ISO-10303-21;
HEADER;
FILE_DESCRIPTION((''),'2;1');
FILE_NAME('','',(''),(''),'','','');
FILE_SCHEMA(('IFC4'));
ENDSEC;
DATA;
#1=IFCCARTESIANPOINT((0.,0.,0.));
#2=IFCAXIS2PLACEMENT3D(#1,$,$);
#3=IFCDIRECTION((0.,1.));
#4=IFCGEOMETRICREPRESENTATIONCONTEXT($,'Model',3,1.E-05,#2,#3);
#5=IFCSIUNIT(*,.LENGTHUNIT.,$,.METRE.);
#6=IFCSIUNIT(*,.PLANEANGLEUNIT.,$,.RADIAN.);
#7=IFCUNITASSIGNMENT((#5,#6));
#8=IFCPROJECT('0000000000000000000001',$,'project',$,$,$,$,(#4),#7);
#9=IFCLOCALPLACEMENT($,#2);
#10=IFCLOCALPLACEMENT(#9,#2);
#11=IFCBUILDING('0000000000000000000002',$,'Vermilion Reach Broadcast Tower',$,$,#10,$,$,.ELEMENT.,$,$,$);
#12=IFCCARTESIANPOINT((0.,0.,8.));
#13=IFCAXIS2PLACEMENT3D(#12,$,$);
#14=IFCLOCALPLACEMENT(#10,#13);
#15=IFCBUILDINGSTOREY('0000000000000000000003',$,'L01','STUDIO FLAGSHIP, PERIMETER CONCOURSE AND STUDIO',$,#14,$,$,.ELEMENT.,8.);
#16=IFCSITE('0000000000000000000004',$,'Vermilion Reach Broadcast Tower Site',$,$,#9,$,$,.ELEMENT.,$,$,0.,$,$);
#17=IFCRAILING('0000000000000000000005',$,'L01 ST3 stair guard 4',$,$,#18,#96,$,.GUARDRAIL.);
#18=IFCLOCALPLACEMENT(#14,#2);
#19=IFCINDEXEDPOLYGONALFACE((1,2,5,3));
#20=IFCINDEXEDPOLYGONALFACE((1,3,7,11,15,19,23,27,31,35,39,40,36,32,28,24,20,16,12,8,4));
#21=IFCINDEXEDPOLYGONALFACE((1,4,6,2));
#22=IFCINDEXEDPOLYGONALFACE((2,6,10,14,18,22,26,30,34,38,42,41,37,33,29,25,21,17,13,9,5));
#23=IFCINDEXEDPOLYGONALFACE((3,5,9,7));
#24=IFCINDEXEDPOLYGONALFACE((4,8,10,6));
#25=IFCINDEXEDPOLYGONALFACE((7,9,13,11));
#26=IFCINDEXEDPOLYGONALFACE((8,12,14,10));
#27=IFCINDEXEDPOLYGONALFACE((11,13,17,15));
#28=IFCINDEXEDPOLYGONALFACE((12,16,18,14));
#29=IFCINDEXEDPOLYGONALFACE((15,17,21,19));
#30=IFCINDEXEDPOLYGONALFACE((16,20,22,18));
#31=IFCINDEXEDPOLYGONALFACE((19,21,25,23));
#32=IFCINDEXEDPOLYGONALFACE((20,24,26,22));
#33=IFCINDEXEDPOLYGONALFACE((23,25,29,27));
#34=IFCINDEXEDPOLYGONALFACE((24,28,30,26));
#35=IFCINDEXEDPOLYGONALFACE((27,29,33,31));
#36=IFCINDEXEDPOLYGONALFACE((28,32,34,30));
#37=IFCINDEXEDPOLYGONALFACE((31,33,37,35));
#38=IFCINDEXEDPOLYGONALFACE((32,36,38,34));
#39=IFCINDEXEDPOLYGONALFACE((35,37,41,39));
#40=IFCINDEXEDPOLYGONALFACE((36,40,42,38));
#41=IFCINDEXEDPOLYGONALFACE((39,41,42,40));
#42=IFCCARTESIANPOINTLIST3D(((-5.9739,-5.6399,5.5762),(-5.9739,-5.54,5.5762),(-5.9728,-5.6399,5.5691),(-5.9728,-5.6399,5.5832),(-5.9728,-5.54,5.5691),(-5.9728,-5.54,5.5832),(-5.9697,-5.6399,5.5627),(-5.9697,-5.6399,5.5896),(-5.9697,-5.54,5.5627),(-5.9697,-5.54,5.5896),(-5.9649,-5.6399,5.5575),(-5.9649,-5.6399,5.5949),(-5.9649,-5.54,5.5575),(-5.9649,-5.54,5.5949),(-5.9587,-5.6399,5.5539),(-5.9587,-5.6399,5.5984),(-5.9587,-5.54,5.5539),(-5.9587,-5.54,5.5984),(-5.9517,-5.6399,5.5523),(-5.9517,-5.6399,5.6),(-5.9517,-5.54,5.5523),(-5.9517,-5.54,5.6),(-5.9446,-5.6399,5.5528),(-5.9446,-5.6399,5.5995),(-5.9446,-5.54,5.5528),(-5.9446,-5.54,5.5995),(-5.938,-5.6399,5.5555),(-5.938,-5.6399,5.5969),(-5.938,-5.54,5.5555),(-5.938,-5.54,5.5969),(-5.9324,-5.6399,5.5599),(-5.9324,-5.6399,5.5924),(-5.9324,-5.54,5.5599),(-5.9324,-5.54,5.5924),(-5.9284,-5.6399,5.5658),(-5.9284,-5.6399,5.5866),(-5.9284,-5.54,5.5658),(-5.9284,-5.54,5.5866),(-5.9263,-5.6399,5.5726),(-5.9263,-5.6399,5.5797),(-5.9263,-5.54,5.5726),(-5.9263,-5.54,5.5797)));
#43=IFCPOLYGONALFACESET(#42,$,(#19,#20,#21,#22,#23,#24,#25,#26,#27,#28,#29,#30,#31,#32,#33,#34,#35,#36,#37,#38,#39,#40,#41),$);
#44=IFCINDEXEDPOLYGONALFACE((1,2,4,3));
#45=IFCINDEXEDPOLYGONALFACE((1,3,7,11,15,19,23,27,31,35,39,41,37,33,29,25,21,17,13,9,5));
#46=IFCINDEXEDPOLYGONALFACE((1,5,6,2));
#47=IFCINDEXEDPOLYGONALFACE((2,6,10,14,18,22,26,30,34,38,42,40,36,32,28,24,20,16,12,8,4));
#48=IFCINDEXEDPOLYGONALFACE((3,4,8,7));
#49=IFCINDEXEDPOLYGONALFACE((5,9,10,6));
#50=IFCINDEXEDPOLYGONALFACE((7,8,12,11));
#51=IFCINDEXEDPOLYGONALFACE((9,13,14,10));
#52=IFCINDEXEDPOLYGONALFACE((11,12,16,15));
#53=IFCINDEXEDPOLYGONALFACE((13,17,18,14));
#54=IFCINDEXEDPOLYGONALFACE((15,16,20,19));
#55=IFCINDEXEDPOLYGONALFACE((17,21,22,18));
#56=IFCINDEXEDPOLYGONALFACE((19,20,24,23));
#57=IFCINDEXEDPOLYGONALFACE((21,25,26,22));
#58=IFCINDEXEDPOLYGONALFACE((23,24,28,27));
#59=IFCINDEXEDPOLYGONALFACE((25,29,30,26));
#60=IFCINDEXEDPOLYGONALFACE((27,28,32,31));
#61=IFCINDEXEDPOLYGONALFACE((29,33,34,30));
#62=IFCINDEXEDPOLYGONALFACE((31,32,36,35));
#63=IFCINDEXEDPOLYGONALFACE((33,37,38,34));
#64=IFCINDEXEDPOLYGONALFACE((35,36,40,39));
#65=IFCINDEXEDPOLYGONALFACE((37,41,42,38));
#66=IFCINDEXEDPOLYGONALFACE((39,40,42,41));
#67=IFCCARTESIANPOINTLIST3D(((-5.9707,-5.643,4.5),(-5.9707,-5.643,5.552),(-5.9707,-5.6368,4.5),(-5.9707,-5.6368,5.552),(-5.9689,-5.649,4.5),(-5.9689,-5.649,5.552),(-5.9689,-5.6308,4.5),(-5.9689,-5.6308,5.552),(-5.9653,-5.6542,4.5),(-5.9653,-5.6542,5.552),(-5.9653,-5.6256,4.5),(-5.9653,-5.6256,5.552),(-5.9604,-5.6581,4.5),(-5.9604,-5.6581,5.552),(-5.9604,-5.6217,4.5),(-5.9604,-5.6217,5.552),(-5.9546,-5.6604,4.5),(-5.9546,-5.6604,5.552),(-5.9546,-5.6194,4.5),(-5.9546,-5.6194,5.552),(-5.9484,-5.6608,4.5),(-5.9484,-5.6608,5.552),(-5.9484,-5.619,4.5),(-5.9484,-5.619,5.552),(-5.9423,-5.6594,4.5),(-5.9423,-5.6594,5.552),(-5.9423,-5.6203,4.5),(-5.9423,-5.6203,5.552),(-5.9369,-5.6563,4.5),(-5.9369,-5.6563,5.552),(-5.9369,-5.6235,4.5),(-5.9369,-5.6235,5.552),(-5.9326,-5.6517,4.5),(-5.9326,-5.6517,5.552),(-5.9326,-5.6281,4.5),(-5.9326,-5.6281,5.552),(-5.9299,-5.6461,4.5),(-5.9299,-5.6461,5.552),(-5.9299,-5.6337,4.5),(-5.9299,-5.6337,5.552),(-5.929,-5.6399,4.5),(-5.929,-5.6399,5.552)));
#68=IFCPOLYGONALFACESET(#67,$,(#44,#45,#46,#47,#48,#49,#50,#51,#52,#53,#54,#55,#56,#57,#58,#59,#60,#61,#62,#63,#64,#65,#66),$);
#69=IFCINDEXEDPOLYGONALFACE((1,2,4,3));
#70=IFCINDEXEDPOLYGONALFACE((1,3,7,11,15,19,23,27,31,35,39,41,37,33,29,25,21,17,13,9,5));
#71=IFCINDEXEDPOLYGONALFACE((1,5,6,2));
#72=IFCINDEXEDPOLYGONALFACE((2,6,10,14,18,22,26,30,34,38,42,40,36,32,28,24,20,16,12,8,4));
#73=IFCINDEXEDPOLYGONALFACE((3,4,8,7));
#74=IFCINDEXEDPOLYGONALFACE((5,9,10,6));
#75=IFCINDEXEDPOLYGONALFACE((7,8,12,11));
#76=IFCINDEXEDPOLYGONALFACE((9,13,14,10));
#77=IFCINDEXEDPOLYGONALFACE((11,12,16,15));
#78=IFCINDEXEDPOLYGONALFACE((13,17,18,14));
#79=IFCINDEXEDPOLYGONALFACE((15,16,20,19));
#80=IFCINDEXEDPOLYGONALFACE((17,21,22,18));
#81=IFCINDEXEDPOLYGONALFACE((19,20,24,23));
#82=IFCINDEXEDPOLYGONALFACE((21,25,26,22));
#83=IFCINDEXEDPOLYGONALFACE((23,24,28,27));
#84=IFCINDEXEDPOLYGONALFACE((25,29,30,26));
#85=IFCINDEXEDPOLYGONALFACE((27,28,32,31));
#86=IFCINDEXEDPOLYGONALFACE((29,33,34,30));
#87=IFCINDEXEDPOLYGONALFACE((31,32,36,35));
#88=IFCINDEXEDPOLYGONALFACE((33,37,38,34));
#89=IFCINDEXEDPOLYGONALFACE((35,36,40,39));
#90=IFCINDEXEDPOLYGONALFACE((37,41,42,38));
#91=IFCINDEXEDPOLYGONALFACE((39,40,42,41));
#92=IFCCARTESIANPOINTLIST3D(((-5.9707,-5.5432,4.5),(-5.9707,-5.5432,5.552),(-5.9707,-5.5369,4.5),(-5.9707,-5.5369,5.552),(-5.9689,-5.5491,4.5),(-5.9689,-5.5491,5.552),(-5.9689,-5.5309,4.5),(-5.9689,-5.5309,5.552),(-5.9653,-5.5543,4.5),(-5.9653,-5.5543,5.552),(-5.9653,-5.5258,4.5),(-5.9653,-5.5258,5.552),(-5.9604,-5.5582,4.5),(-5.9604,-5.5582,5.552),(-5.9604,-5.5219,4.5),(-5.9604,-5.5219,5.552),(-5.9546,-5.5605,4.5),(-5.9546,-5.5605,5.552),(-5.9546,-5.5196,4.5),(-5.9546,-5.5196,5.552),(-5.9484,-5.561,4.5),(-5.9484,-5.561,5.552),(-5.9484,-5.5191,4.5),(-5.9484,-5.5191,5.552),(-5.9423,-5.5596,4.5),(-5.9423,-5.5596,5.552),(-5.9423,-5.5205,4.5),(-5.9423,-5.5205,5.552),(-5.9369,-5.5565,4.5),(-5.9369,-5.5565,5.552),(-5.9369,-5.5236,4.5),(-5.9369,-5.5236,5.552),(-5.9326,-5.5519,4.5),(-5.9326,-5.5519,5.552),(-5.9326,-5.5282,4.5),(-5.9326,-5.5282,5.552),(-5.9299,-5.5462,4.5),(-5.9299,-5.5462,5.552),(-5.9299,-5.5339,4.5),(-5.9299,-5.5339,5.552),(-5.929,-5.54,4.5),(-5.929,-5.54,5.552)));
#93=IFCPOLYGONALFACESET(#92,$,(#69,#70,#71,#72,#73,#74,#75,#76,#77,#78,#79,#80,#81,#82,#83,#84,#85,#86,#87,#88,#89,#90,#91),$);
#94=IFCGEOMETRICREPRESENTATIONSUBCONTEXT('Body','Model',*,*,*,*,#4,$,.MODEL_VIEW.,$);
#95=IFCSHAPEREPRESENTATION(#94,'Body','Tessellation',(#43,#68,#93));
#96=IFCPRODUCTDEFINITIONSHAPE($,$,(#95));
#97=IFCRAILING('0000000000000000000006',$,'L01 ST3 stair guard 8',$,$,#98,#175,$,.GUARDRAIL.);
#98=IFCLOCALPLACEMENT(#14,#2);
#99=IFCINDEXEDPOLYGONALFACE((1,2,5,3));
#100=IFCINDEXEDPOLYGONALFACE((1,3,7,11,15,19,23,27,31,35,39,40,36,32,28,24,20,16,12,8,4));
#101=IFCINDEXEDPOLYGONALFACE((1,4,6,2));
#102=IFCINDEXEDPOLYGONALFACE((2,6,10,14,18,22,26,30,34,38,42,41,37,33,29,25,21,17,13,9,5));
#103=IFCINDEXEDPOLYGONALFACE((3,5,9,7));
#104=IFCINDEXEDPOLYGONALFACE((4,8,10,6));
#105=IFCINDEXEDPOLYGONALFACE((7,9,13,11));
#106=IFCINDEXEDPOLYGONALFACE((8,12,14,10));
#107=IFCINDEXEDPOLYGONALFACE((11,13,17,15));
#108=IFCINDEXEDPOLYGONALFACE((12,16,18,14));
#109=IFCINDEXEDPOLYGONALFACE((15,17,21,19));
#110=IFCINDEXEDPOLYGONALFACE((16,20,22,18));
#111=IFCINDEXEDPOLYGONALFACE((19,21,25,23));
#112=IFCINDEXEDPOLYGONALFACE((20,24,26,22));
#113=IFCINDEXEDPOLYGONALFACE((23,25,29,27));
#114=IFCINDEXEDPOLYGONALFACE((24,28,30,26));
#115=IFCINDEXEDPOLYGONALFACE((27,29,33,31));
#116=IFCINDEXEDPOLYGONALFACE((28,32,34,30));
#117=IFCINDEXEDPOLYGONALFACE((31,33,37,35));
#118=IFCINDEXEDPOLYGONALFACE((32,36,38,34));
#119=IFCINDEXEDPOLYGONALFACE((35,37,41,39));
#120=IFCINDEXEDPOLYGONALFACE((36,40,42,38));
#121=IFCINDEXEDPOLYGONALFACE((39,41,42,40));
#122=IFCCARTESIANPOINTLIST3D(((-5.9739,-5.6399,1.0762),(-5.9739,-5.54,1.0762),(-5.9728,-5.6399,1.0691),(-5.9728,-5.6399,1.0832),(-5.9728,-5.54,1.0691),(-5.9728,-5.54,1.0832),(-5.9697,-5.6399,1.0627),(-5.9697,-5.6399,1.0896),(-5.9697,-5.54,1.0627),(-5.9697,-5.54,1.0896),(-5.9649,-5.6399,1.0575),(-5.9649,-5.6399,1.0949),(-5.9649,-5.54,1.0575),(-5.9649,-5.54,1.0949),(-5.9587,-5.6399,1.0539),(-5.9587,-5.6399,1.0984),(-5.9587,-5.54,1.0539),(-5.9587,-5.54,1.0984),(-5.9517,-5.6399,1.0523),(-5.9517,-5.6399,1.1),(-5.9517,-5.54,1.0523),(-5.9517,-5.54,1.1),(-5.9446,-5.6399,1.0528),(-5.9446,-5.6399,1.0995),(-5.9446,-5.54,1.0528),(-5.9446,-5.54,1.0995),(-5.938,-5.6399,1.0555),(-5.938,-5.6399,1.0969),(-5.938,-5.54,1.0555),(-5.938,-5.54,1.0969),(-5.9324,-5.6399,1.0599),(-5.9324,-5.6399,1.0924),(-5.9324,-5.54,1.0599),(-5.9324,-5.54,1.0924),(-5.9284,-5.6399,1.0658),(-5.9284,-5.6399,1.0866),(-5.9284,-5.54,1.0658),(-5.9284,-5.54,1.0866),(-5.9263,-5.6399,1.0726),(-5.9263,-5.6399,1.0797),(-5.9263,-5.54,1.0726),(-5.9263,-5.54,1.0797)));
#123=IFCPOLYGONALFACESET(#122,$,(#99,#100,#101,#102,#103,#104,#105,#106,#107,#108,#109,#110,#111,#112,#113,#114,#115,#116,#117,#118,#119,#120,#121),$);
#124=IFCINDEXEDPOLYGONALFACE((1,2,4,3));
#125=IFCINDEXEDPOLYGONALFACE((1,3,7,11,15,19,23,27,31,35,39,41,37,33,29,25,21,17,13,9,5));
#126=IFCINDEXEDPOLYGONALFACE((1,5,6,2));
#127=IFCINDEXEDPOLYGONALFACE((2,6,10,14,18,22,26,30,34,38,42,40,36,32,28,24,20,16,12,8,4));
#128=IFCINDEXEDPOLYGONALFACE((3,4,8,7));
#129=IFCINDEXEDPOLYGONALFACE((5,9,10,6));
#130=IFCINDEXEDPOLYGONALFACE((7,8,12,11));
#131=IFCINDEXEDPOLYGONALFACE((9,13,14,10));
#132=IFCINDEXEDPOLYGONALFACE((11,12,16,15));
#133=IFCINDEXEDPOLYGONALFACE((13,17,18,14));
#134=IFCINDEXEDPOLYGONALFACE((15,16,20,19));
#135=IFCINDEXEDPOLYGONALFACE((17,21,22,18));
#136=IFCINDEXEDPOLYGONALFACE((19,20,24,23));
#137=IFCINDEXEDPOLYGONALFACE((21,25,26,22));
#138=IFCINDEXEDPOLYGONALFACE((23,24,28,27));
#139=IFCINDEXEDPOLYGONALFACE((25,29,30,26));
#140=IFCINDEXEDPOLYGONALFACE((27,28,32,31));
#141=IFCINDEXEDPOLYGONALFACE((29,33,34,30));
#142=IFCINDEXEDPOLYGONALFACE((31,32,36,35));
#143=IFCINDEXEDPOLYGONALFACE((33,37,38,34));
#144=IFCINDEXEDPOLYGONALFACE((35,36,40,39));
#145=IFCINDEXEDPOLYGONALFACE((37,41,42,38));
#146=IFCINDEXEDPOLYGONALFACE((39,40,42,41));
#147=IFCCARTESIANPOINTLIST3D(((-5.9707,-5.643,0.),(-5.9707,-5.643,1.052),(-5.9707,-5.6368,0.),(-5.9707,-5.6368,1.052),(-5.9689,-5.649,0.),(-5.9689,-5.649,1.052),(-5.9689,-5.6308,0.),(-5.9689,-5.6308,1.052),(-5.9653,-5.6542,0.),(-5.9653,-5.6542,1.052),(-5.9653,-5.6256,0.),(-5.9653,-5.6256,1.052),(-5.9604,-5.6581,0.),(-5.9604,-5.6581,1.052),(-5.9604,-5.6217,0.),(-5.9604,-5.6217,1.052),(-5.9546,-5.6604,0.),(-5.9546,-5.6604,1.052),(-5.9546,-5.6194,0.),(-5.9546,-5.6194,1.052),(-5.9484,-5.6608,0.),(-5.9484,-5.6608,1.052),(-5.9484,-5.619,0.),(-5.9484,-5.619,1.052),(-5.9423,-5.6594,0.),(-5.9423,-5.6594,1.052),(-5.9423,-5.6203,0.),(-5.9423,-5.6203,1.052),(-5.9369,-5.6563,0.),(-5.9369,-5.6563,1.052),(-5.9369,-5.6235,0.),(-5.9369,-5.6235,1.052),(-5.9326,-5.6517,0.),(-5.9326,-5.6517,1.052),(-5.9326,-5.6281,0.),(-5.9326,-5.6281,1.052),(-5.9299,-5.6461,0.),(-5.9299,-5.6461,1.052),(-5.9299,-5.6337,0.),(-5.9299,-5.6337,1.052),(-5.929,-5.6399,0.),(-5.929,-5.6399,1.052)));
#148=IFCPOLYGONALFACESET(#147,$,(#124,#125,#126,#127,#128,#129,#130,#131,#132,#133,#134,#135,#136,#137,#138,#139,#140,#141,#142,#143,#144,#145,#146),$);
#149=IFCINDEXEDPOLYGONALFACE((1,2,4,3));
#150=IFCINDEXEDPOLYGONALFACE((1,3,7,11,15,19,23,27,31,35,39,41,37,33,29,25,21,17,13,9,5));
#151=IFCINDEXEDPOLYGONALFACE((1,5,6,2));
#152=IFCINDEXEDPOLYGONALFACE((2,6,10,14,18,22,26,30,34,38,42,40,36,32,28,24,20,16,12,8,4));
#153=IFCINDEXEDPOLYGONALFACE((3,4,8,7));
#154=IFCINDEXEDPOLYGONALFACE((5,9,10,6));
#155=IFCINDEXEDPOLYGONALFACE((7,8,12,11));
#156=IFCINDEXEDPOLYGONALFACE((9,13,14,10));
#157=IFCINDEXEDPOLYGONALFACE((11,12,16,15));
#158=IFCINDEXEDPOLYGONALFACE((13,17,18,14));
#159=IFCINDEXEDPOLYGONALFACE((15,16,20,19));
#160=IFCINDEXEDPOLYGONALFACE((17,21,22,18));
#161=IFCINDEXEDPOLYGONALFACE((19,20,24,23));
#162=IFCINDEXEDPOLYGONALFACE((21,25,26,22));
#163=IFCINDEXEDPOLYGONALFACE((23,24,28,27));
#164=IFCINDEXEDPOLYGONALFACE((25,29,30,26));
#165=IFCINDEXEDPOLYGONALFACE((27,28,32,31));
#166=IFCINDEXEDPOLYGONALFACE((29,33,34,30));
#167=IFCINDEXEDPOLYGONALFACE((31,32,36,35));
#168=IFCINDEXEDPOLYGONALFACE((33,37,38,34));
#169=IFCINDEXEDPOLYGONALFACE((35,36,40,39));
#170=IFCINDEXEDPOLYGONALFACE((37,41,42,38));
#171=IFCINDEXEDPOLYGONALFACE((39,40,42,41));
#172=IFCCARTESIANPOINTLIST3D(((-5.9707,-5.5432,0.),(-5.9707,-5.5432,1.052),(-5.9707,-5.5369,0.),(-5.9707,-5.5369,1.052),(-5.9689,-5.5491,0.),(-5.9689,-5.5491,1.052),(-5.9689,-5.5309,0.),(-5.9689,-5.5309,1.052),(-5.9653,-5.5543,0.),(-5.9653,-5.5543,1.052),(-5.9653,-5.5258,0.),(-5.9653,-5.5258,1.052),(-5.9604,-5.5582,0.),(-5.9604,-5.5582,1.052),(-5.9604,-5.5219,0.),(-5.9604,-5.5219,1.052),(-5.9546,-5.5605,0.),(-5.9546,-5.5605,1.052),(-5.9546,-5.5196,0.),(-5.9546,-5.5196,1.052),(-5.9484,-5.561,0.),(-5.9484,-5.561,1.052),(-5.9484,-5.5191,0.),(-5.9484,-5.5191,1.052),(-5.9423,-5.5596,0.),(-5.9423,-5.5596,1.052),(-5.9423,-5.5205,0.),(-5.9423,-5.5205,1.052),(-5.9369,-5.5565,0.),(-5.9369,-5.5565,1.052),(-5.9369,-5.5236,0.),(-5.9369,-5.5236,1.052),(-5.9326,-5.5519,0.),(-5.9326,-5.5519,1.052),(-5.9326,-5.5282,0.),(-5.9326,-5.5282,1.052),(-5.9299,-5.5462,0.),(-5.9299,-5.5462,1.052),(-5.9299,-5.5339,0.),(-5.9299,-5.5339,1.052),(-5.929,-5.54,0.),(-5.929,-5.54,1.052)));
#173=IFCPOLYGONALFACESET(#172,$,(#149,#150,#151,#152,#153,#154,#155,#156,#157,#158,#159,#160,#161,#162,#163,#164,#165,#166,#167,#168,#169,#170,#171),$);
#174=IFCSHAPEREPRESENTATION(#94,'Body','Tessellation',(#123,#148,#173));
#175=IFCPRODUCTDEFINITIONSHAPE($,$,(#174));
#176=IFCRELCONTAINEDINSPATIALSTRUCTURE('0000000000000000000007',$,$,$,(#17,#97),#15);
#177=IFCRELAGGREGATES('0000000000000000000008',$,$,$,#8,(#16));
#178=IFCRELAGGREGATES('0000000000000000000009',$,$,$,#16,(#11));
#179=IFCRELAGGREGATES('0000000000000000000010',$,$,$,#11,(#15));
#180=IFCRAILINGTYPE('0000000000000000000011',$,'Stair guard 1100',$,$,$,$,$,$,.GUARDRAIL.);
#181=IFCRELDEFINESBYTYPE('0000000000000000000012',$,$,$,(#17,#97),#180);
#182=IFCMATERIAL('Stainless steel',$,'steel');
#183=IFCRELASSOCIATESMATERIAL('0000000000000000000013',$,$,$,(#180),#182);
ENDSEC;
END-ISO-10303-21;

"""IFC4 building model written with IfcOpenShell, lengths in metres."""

from ifc_helpers import new_model, si_unit, direction, frame, origin, origin_2d, place, context, subcontext, project, spatial, circle, extrude, material, type_object, element, save


model = new_model("IFC4")

# Units and contexts
model_context = context("Model", 3, precision=1e-05, world=origin(), true_north=direction((0.0, 1.0)))
body_context = subcontext(model_context, "Body", "Model", "MODEL_VIEW")
ifc_project = project(units=[si_unit("LENGTHUNIT", "METRE"), si_unit("PLANEANGLEUNIT", "RADIAN")], contexts=[model_context])

# Site, building, storey
site_placement = place(None, origin())
site = spatial("IfcSite", under=ifc_project, at=site_placement, Name="Vermilion Reach Broadcast Tower Site", CompositionType="ELEMENT", RefElevation=0.0)
building_placement = place(site_placement, origin())
building = spatial("IfcBuilding", under=site, at=building_placement, Name="Vermilion Reach Broadcast Tower", CompositionType="ELEMENT")
storey_placement = place(building_placement, frame((0.0, 0.0, 8.0)))
storey = spatial("IfcBuildingStorey", under=building, at=storey_placement, Name="L01", Description="STUDIO FLAGSHIP, PERIMETER CONCOURSE AND STUDIO", CompositionType="ELEMENT", Elevation=8.0)

# Railings
ifc_material_1 = material(Name="Stainless steel", Category="steel")
railing_type_1 = type_object("IfcRailingType", Name="Stair guard 1100", PredefinedType="GUARDRAIL", material=ifc_material_1)
for number, where, name in (
    (1, (-5.95, -5.6399, 4.5), "L01 ST3 stair guard 4"),
    (2, (-5.95, -5.6399, 0.0), "L01 ST3 stair guard 8"),
):
    element("IfcRailing", number, at=place(storey_placement, frame(where)), inside=storey, type_object=railing_type_1, Name=name, PredefinedType="GUARDRAIL", context=body_context, shape_type="SweptSolid", body=[
        extrude(circle(Radius=0.0239, at=origin_2d()), frame((0.0, 0.0, 1.0762), z_axis=(0.0, 1.0, 0.0), x_axis=(-1.0, 0.0, 0.0)), (0.0, 0.0, 1.0), 0.0999),
        extrude(circle(Radius=0.021, at=origin_2d()), origin(), (0.0, 0.0, 1.0), 1.052),
        extrude(circle(Radius=0.021, at=origin_2d()), frame((0.0, 0.0999, 0.0)), (0.0, 0.0, 1.0), 1.052),
    ])

save(model, "model.ifc")
